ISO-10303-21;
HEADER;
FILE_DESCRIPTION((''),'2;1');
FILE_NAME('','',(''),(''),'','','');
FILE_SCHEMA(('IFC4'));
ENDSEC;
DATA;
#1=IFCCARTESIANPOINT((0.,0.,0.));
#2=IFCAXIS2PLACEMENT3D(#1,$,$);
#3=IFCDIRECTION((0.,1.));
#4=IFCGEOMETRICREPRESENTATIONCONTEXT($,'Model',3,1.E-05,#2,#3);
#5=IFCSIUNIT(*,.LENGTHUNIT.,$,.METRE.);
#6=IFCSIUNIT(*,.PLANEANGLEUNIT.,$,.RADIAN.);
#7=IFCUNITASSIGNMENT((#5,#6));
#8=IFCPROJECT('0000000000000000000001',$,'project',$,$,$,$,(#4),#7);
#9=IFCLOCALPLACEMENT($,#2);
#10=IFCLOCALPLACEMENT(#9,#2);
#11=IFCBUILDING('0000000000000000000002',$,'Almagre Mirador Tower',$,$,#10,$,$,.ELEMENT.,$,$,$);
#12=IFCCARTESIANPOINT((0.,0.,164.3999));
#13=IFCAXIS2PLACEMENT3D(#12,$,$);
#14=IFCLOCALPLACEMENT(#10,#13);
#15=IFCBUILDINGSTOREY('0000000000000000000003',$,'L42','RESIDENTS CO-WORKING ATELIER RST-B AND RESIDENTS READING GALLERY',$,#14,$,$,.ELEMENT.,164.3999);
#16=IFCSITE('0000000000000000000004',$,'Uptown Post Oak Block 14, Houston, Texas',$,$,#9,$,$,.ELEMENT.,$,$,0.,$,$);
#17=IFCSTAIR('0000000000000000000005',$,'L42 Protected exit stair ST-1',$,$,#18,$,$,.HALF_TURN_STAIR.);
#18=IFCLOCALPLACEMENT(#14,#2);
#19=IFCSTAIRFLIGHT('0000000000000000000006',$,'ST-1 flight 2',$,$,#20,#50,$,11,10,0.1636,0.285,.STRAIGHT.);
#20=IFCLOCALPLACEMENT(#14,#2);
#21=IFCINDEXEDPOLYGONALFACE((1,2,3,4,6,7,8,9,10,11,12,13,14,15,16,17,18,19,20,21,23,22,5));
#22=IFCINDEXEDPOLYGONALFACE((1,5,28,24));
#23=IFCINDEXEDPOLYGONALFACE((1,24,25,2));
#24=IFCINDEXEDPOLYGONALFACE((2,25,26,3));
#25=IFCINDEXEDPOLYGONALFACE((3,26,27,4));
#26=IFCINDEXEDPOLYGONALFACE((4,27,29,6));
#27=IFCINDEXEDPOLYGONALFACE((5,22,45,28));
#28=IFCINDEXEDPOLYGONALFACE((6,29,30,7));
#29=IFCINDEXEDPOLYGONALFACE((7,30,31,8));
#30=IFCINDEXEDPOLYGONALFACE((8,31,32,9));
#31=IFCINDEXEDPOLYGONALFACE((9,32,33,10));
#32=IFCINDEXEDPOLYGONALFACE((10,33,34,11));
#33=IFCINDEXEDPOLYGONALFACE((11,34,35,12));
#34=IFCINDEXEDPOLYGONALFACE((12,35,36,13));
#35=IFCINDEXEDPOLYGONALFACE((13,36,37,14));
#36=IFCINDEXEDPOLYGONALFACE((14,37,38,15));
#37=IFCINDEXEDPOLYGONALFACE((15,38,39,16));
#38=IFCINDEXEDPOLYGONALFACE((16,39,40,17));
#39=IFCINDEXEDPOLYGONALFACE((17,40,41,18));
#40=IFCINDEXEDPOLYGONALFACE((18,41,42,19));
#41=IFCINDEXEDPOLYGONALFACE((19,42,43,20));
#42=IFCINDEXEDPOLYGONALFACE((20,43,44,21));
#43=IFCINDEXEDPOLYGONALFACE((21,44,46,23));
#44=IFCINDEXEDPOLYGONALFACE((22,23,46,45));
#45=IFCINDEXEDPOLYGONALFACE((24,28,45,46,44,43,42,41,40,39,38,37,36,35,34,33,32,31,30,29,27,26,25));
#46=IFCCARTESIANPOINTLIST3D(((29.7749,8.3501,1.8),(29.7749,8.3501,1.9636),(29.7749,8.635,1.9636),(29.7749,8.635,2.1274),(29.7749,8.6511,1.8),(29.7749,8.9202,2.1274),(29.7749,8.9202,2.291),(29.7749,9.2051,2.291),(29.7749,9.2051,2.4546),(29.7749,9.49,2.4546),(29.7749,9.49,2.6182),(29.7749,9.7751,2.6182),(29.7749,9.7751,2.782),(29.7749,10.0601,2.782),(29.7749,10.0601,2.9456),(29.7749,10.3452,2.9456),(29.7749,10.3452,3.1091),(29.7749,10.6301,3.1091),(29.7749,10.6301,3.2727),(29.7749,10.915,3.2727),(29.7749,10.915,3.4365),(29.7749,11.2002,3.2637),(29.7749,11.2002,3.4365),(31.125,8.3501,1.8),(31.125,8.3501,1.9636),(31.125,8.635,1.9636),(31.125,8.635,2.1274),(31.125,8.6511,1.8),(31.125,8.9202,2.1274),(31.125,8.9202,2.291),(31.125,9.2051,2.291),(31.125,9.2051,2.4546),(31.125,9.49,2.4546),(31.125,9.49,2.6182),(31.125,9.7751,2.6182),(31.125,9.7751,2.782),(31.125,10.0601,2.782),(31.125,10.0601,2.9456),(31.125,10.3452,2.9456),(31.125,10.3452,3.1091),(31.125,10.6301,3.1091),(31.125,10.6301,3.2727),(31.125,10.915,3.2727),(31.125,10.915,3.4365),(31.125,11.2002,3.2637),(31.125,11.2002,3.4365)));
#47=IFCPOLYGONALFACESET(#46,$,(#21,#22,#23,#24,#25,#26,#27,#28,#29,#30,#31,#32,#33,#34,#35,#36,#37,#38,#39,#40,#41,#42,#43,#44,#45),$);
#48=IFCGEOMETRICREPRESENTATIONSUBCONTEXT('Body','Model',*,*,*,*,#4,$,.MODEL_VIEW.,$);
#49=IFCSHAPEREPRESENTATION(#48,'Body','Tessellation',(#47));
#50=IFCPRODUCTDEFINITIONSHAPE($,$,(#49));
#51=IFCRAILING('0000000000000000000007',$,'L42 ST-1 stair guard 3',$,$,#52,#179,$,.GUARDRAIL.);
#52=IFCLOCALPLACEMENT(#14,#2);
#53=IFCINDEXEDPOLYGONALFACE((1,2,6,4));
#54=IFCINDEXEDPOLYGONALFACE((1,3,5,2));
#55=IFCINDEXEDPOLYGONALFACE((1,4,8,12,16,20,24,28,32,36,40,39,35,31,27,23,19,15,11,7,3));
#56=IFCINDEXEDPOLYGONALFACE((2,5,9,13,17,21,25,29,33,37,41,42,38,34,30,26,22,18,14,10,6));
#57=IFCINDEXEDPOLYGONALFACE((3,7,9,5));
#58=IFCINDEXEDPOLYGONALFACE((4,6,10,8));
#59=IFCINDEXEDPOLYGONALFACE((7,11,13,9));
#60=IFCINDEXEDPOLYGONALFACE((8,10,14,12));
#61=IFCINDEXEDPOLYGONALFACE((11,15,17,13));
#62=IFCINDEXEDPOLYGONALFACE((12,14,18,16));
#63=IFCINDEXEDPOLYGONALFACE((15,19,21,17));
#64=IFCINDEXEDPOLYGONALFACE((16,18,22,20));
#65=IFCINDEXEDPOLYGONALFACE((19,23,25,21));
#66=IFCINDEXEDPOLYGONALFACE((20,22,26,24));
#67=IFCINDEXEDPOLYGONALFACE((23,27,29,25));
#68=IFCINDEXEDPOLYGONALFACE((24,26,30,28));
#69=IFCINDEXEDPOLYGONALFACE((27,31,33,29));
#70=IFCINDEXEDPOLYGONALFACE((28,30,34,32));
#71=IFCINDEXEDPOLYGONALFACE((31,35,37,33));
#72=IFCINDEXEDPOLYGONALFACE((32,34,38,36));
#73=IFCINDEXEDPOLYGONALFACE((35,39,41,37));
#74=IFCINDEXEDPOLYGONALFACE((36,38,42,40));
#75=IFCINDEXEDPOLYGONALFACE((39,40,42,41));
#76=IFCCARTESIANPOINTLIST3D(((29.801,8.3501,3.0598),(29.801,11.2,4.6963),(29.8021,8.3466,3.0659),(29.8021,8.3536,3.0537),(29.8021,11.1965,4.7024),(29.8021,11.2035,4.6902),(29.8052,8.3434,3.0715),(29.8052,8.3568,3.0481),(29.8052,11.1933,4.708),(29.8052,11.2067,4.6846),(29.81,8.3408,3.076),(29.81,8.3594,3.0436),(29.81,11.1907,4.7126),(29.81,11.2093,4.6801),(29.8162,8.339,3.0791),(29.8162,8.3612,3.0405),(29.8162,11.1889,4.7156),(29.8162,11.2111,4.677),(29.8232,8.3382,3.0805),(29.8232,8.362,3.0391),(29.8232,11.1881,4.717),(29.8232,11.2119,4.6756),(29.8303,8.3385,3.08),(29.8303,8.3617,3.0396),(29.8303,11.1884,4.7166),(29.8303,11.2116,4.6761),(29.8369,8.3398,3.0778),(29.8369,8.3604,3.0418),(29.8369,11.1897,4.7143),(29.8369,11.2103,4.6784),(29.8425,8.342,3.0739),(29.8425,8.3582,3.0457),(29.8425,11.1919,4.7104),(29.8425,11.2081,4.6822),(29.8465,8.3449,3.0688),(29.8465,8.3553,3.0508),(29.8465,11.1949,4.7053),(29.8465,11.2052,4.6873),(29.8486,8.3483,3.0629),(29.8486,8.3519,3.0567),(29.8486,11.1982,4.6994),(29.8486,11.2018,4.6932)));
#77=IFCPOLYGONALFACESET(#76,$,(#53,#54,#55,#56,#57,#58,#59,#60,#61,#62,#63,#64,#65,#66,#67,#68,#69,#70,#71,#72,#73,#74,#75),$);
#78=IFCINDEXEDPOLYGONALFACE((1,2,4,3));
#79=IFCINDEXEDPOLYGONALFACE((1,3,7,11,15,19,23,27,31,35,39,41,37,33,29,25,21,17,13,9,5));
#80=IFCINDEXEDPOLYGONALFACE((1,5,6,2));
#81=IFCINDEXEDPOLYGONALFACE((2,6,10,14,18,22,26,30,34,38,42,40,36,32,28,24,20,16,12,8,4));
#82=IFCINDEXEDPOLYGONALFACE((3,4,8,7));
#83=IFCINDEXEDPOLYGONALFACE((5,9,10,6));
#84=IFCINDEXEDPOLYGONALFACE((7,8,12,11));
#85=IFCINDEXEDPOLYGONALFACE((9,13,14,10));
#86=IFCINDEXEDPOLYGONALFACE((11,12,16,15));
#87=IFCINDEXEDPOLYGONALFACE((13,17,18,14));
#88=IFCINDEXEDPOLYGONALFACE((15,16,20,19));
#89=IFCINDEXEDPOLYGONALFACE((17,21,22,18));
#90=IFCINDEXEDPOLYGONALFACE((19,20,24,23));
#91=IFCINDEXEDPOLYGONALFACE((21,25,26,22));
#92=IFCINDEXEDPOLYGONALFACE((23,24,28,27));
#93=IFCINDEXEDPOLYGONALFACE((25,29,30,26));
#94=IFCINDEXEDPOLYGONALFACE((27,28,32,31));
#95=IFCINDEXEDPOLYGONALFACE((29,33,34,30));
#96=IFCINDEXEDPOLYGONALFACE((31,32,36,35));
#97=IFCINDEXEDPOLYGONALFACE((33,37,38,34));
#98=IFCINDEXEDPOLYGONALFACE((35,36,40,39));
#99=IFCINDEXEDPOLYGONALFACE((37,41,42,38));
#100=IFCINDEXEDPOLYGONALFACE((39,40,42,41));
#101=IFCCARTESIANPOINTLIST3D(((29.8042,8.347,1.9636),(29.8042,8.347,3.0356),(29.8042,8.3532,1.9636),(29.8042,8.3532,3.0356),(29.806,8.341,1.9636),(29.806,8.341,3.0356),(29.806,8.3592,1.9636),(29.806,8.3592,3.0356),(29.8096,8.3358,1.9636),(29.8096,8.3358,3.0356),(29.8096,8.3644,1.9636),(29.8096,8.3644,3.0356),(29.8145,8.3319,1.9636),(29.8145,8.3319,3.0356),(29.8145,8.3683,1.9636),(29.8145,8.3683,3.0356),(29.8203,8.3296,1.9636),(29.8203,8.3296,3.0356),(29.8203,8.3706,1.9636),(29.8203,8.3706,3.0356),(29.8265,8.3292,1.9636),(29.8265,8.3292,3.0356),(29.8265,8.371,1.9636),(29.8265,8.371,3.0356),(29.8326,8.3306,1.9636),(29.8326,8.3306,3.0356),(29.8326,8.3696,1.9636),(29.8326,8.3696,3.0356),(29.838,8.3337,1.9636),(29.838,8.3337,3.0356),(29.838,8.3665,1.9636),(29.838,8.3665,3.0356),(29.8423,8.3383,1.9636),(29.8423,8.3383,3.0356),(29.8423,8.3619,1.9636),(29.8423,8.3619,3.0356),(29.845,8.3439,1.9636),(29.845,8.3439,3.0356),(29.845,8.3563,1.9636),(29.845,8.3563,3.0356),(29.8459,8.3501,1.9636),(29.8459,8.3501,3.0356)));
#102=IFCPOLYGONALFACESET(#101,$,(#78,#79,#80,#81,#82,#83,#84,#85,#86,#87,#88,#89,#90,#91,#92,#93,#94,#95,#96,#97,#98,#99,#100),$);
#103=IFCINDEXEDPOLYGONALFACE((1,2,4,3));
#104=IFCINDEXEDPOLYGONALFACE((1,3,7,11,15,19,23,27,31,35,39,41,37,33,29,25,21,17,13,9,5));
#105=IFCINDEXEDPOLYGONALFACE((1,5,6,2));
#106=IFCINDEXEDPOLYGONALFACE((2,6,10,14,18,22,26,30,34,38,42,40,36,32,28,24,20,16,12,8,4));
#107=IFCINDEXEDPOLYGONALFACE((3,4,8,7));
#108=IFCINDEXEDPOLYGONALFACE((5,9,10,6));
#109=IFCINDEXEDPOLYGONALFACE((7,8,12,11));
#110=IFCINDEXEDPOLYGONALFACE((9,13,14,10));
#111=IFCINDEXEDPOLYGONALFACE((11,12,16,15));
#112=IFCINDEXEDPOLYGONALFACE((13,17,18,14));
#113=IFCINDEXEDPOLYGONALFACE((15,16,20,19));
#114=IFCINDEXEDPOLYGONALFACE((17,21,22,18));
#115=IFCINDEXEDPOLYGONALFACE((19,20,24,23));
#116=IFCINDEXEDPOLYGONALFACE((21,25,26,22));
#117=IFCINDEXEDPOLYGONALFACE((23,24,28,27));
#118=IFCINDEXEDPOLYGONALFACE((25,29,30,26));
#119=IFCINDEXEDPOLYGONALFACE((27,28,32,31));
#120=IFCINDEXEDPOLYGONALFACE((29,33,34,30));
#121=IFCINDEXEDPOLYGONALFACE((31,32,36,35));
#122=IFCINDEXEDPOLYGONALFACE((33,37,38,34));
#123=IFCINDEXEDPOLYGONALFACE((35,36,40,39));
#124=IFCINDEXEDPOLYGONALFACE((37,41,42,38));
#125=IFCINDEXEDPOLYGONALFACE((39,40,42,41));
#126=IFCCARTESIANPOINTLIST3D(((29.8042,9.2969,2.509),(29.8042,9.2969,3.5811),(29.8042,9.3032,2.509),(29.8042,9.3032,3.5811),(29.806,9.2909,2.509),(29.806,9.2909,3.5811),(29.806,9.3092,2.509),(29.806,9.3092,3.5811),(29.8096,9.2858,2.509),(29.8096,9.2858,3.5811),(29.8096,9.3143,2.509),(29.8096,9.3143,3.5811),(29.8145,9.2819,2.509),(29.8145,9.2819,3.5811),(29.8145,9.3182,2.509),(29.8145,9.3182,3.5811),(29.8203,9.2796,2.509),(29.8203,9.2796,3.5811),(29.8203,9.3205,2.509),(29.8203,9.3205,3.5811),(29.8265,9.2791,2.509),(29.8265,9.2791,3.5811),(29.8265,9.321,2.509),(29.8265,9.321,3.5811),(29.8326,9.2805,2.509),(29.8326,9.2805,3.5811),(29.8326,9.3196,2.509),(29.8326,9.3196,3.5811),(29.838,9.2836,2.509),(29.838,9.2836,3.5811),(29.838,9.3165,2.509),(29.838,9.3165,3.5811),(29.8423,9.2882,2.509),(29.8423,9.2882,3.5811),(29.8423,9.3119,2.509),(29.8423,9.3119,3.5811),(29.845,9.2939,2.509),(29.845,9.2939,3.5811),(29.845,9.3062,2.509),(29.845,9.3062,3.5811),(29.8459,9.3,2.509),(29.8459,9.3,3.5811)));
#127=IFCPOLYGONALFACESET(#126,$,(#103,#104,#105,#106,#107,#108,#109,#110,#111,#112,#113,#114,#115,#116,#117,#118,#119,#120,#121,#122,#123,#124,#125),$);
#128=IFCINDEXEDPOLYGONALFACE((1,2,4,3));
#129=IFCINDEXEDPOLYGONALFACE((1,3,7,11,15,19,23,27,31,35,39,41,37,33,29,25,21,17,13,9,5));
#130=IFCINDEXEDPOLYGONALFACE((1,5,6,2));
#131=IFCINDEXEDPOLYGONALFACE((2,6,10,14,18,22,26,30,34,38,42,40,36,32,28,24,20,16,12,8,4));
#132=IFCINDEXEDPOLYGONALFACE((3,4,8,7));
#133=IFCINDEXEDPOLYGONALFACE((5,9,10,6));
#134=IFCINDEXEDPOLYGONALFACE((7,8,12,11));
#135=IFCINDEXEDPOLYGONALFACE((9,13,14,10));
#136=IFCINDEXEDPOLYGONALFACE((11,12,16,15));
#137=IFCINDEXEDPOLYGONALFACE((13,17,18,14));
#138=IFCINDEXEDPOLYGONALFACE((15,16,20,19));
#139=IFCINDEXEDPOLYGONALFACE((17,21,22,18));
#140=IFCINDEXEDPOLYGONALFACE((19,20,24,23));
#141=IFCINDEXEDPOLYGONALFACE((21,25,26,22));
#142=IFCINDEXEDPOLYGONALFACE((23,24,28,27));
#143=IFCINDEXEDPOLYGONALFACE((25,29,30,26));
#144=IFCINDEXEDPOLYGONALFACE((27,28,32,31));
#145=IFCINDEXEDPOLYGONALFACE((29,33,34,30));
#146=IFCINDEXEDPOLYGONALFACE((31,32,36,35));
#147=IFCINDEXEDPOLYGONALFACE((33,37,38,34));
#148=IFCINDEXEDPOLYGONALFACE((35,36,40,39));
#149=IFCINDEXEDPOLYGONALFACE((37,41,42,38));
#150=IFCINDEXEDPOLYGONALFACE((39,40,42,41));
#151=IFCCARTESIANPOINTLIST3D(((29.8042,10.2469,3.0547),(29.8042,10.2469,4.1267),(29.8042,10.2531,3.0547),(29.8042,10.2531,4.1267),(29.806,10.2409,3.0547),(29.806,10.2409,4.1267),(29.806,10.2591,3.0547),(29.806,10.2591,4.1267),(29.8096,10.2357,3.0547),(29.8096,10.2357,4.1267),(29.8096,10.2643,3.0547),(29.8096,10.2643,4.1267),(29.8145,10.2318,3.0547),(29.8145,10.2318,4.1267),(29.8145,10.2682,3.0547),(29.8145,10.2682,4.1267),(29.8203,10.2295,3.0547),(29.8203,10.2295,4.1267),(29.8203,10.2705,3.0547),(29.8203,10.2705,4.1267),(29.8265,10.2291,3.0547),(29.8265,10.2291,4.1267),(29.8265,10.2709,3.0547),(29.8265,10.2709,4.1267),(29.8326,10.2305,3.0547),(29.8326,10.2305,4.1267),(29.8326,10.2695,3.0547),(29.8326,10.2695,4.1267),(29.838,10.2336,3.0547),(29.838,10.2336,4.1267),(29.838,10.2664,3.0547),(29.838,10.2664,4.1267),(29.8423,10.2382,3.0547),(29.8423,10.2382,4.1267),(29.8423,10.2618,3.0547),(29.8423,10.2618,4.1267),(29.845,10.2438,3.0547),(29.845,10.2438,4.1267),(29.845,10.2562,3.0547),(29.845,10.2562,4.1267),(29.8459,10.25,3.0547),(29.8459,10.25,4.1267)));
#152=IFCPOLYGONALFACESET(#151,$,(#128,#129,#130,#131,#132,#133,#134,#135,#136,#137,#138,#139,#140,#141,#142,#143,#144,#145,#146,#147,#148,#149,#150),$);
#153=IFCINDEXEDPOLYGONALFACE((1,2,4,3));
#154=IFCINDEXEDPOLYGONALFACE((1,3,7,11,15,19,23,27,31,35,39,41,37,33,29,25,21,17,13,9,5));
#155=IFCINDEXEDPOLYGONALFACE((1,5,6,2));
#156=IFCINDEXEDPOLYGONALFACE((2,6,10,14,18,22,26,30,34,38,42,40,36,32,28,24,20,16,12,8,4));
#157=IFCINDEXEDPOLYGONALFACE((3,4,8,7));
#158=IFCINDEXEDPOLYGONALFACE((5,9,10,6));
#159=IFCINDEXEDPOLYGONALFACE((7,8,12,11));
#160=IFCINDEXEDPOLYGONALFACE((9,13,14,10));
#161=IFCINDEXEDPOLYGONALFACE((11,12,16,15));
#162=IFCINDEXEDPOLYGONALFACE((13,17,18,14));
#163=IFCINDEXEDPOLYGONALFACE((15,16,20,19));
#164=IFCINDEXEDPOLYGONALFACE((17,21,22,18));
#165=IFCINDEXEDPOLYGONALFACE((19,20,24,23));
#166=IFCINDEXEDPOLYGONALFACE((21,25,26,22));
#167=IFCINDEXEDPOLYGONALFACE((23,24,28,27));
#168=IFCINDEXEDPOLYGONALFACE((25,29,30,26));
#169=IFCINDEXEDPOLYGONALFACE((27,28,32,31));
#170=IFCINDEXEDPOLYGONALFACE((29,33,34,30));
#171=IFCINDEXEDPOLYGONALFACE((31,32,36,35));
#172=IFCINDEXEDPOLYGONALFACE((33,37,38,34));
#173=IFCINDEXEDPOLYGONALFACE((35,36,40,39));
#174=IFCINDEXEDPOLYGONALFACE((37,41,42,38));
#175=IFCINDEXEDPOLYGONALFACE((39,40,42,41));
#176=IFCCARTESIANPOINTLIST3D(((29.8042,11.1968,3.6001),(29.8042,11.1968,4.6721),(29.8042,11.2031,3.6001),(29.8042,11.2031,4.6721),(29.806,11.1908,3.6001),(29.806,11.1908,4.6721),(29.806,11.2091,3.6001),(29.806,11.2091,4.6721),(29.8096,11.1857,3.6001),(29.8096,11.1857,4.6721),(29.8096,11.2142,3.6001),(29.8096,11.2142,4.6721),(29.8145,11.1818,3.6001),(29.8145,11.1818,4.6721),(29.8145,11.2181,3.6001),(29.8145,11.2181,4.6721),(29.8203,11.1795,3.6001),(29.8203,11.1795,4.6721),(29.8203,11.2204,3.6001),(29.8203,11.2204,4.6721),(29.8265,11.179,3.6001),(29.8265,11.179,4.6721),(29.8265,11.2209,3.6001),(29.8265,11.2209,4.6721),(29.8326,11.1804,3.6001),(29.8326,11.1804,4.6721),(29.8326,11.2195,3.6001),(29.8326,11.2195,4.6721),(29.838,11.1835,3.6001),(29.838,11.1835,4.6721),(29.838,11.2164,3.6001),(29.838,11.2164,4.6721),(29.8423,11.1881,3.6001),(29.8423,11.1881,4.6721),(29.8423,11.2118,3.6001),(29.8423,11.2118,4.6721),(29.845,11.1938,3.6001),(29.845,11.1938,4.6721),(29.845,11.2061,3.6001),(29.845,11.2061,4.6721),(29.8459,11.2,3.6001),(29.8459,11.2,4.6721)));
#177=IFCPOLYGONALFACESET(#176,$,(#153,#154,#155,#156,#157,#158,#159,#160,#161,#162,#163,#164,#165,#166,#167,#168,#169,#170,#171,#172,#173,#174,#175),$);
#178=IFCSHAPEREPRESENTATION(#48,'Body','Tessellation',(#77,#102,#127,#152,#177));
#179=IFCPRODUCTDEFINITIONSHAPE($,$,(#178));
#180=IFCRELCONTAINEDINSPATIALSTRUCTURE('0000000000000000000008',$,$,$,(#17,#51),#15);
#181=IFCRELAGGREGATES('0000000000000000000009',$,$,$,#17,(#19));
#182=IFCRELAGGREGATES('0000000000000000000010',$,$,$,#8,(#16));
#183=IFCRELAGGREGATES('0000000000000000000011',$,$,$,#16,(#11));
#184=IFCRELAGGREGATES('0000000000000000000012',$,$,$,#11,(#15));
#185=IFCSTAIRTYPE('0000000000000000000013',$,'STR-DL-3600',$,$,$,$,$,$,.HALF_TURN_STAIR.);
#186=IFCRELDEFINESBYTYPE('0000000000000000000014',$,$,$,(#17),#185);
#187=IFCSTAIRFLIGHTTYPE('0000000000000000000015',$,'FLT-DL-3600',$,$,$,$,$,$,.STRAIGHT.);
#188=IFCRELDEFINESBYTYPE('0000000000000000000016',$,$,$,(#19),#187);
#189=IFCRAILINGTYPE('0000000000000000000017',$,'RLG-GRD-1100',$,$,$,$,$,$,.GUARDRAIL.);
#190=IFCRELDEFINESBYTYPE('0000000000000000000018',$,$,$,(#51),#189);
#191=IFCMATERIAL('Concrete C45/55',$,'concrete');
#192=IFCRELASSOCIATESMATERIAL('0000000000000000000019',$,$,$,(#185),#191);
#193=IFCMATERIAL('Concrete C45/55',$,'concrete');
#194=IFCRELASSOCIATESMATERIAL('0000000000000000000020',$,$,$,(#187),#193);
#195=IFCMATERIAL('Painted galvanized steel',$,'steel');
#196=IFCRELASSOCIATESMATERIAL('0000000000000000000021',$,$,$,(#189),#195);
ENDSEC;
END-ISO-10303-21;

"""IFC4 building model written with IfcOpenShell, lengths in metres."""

from ifc_helpers import new_model, si_unit, direction, frame, origin, origin_2d, place, context, subcontext, project, spatial, polyline, circle, outline, extrude, material, type_object, element, aggregate, save


model = new_model("IFC4")

# Units and contexts
model_context = context("Model", 3, precision=1e-05, world=origin(), true_north=direction((0.0, 1.0)))
body_context = subcontext(model_context, "Body", "Model", "MODEL_VIEW")
ifc_project = project(units=[si_unit("LENGTHUNIT", "METRE"), si_unit("PLANEANGLEUNIT", "RADIAN")], contexts=[model_context])

# Site, building, storey
site_placement = place(None, origin())
site = spatial("IfcSite", under=ifc_project, at=site_placement, Name="Uptown Post Oak Block 14, Houston, Texas", CompositionType="ELEMENT", RefElevation=0.0)
building_placement = place(site_placement, origin())
building = spatial("IfcBuilding", under=site, at=building_placement, Name="Almagre Mirador Tower", CompositionType="ELEMENT")
storey_placement = place(building_placement, frame((0.0, 0.0, 164.3999)))
storey = spatial("IfcBuildingStorey", under=building, at=storey_placement, Name="L42", Description="RESIDENTS CO-WORKING ATELIER RST-B AND RESIDENTS READING GALLERY", CompositionType="ELEMENT", Elevation=164.3999)

# Stair, stair flight
ifc_material_1 = material(Name="Concrete C45/55", Category="concrete")
stair_type = type_object("IfcStairType", Name="STR-DL-3600", PredefinedType="HALF_TURN_STAIR", material=ifc_material_1)
stair_placement = place(storey_placement, origin())
stair = element("IfcStair", 1, at=stair_placement, inside=storey, type_object=stair_type, Name="L42 Protected exit stair ST-1", PredefinedType="HALF_TURN_STAIR")
ifc_material_2 = material(Name="Concrete C45/55", Category="concrete")
stair_flight_type = type_object("IfcStairFlightType", Name="FLT-DL-3600", PredefinedType="STRAIGHT", material=ifc_material_2)
stair_flight_placement = place(storey_placement, frame((30.45, 8.3501, 1.8), z_axis=(0.0, 0.0, 1.0), x_axis=(0.0, 1.0, 0.0)))
stair_flight = element("IfcStairFlight", 2, at=stair_flight_placement, type_object=stair_flight_type, Name="ST-1 flight 2", NumberOfRisers=11, NumberOfTreads=10, PredefinedType="STRAIGHT", RiserHeight=0.1636, TreadLength=0.285, context=body_context, shape_type="SweptSolid", body=[
    extrude(outline(polyline([(0.0, 0.0), (0.0, 0.1636), (0.2849, 0.1636), (0.2849, 0.3274), (0.5701, 0.3274), (0.5701, 0.491), (0.855, 0.491), (0.855, 0.6545), (1.1399, 0.6545), (1.1399, 0.8181), (1.425, 0.8181), (1.425, 0.9819), (1.71, 0.9819), (1.71, 1.1455), (1.9951, 1.1455), (1.9951, 1.3091), (2.28, 1.3091), (2.28, 1.4727), (2.5649, 1.4727), (2.5649, 1.6365), (2.8501, 1.6365), (2.8501, 1.8), (2.8501, 1.4636), (0.301, 0.0), (0.0, 0.0)])), frame((0.0, 0.675, 0.0), z_axis=(0.0, -1.0, 0.0), x_axis=(1.0, 0.0, 0.0)), (0.0, 0.0, 1.0), 1.3501),
])
aggregate(stair, [stair_flight])

# Railing
ifc_material_3 = material(Name="Painted galvanized steel", Category="steel")
railing_type_1 = type_object("IfcRailingType", Name="RLG-GRD-1100", PredefinedType="GUARDRAIL", material=ifc_material_3)
railing_1_placement = place(storey_placement, frame((29.825, 8.3501, 1.9636)))
element("IfcRailing", 3, at=railing_1_placement, inside=storey, type_object=railing_type_1, Name="L42 ST-1 stair guard 3", PredefinedType="GUARDRAIL", context=body_context, shape_type="SweptSolid", body=[
    extrude(circle(Radius=0.0239, at=origin_2d()), frame((0.0, 0.0, 1.0962), z_axis=(0.0, 0.867194, 0.49797), x_axis=(-1.0, 0.0, 0.0)), (0.0, 0.0, 1.0), 3.2864),
    extrude(circle(Radius=0.021, at=origin_2d()), origin(), (0.0, 0.0, 1.0), 1.072),
    extrude(circle(Radius=0.021, at=origin_2d()), frame((0.0, 0.95, 0.5454)), (0.0, 0.0, 1.0), 1.072),
    extrude(circle(Radius=0.021, at=origin_2d()), frame((0.0, 1.8999, 1.0911)), (0.0, 0.0, 1.0), 1.072),
    extrude(circle(Radius=0.021, at=origin_2d()), frame((0.0, 2.8499, 1.6365)), (0.0, 0.0, 1.0), 1.072),
])

save(model, "model.ifc")
